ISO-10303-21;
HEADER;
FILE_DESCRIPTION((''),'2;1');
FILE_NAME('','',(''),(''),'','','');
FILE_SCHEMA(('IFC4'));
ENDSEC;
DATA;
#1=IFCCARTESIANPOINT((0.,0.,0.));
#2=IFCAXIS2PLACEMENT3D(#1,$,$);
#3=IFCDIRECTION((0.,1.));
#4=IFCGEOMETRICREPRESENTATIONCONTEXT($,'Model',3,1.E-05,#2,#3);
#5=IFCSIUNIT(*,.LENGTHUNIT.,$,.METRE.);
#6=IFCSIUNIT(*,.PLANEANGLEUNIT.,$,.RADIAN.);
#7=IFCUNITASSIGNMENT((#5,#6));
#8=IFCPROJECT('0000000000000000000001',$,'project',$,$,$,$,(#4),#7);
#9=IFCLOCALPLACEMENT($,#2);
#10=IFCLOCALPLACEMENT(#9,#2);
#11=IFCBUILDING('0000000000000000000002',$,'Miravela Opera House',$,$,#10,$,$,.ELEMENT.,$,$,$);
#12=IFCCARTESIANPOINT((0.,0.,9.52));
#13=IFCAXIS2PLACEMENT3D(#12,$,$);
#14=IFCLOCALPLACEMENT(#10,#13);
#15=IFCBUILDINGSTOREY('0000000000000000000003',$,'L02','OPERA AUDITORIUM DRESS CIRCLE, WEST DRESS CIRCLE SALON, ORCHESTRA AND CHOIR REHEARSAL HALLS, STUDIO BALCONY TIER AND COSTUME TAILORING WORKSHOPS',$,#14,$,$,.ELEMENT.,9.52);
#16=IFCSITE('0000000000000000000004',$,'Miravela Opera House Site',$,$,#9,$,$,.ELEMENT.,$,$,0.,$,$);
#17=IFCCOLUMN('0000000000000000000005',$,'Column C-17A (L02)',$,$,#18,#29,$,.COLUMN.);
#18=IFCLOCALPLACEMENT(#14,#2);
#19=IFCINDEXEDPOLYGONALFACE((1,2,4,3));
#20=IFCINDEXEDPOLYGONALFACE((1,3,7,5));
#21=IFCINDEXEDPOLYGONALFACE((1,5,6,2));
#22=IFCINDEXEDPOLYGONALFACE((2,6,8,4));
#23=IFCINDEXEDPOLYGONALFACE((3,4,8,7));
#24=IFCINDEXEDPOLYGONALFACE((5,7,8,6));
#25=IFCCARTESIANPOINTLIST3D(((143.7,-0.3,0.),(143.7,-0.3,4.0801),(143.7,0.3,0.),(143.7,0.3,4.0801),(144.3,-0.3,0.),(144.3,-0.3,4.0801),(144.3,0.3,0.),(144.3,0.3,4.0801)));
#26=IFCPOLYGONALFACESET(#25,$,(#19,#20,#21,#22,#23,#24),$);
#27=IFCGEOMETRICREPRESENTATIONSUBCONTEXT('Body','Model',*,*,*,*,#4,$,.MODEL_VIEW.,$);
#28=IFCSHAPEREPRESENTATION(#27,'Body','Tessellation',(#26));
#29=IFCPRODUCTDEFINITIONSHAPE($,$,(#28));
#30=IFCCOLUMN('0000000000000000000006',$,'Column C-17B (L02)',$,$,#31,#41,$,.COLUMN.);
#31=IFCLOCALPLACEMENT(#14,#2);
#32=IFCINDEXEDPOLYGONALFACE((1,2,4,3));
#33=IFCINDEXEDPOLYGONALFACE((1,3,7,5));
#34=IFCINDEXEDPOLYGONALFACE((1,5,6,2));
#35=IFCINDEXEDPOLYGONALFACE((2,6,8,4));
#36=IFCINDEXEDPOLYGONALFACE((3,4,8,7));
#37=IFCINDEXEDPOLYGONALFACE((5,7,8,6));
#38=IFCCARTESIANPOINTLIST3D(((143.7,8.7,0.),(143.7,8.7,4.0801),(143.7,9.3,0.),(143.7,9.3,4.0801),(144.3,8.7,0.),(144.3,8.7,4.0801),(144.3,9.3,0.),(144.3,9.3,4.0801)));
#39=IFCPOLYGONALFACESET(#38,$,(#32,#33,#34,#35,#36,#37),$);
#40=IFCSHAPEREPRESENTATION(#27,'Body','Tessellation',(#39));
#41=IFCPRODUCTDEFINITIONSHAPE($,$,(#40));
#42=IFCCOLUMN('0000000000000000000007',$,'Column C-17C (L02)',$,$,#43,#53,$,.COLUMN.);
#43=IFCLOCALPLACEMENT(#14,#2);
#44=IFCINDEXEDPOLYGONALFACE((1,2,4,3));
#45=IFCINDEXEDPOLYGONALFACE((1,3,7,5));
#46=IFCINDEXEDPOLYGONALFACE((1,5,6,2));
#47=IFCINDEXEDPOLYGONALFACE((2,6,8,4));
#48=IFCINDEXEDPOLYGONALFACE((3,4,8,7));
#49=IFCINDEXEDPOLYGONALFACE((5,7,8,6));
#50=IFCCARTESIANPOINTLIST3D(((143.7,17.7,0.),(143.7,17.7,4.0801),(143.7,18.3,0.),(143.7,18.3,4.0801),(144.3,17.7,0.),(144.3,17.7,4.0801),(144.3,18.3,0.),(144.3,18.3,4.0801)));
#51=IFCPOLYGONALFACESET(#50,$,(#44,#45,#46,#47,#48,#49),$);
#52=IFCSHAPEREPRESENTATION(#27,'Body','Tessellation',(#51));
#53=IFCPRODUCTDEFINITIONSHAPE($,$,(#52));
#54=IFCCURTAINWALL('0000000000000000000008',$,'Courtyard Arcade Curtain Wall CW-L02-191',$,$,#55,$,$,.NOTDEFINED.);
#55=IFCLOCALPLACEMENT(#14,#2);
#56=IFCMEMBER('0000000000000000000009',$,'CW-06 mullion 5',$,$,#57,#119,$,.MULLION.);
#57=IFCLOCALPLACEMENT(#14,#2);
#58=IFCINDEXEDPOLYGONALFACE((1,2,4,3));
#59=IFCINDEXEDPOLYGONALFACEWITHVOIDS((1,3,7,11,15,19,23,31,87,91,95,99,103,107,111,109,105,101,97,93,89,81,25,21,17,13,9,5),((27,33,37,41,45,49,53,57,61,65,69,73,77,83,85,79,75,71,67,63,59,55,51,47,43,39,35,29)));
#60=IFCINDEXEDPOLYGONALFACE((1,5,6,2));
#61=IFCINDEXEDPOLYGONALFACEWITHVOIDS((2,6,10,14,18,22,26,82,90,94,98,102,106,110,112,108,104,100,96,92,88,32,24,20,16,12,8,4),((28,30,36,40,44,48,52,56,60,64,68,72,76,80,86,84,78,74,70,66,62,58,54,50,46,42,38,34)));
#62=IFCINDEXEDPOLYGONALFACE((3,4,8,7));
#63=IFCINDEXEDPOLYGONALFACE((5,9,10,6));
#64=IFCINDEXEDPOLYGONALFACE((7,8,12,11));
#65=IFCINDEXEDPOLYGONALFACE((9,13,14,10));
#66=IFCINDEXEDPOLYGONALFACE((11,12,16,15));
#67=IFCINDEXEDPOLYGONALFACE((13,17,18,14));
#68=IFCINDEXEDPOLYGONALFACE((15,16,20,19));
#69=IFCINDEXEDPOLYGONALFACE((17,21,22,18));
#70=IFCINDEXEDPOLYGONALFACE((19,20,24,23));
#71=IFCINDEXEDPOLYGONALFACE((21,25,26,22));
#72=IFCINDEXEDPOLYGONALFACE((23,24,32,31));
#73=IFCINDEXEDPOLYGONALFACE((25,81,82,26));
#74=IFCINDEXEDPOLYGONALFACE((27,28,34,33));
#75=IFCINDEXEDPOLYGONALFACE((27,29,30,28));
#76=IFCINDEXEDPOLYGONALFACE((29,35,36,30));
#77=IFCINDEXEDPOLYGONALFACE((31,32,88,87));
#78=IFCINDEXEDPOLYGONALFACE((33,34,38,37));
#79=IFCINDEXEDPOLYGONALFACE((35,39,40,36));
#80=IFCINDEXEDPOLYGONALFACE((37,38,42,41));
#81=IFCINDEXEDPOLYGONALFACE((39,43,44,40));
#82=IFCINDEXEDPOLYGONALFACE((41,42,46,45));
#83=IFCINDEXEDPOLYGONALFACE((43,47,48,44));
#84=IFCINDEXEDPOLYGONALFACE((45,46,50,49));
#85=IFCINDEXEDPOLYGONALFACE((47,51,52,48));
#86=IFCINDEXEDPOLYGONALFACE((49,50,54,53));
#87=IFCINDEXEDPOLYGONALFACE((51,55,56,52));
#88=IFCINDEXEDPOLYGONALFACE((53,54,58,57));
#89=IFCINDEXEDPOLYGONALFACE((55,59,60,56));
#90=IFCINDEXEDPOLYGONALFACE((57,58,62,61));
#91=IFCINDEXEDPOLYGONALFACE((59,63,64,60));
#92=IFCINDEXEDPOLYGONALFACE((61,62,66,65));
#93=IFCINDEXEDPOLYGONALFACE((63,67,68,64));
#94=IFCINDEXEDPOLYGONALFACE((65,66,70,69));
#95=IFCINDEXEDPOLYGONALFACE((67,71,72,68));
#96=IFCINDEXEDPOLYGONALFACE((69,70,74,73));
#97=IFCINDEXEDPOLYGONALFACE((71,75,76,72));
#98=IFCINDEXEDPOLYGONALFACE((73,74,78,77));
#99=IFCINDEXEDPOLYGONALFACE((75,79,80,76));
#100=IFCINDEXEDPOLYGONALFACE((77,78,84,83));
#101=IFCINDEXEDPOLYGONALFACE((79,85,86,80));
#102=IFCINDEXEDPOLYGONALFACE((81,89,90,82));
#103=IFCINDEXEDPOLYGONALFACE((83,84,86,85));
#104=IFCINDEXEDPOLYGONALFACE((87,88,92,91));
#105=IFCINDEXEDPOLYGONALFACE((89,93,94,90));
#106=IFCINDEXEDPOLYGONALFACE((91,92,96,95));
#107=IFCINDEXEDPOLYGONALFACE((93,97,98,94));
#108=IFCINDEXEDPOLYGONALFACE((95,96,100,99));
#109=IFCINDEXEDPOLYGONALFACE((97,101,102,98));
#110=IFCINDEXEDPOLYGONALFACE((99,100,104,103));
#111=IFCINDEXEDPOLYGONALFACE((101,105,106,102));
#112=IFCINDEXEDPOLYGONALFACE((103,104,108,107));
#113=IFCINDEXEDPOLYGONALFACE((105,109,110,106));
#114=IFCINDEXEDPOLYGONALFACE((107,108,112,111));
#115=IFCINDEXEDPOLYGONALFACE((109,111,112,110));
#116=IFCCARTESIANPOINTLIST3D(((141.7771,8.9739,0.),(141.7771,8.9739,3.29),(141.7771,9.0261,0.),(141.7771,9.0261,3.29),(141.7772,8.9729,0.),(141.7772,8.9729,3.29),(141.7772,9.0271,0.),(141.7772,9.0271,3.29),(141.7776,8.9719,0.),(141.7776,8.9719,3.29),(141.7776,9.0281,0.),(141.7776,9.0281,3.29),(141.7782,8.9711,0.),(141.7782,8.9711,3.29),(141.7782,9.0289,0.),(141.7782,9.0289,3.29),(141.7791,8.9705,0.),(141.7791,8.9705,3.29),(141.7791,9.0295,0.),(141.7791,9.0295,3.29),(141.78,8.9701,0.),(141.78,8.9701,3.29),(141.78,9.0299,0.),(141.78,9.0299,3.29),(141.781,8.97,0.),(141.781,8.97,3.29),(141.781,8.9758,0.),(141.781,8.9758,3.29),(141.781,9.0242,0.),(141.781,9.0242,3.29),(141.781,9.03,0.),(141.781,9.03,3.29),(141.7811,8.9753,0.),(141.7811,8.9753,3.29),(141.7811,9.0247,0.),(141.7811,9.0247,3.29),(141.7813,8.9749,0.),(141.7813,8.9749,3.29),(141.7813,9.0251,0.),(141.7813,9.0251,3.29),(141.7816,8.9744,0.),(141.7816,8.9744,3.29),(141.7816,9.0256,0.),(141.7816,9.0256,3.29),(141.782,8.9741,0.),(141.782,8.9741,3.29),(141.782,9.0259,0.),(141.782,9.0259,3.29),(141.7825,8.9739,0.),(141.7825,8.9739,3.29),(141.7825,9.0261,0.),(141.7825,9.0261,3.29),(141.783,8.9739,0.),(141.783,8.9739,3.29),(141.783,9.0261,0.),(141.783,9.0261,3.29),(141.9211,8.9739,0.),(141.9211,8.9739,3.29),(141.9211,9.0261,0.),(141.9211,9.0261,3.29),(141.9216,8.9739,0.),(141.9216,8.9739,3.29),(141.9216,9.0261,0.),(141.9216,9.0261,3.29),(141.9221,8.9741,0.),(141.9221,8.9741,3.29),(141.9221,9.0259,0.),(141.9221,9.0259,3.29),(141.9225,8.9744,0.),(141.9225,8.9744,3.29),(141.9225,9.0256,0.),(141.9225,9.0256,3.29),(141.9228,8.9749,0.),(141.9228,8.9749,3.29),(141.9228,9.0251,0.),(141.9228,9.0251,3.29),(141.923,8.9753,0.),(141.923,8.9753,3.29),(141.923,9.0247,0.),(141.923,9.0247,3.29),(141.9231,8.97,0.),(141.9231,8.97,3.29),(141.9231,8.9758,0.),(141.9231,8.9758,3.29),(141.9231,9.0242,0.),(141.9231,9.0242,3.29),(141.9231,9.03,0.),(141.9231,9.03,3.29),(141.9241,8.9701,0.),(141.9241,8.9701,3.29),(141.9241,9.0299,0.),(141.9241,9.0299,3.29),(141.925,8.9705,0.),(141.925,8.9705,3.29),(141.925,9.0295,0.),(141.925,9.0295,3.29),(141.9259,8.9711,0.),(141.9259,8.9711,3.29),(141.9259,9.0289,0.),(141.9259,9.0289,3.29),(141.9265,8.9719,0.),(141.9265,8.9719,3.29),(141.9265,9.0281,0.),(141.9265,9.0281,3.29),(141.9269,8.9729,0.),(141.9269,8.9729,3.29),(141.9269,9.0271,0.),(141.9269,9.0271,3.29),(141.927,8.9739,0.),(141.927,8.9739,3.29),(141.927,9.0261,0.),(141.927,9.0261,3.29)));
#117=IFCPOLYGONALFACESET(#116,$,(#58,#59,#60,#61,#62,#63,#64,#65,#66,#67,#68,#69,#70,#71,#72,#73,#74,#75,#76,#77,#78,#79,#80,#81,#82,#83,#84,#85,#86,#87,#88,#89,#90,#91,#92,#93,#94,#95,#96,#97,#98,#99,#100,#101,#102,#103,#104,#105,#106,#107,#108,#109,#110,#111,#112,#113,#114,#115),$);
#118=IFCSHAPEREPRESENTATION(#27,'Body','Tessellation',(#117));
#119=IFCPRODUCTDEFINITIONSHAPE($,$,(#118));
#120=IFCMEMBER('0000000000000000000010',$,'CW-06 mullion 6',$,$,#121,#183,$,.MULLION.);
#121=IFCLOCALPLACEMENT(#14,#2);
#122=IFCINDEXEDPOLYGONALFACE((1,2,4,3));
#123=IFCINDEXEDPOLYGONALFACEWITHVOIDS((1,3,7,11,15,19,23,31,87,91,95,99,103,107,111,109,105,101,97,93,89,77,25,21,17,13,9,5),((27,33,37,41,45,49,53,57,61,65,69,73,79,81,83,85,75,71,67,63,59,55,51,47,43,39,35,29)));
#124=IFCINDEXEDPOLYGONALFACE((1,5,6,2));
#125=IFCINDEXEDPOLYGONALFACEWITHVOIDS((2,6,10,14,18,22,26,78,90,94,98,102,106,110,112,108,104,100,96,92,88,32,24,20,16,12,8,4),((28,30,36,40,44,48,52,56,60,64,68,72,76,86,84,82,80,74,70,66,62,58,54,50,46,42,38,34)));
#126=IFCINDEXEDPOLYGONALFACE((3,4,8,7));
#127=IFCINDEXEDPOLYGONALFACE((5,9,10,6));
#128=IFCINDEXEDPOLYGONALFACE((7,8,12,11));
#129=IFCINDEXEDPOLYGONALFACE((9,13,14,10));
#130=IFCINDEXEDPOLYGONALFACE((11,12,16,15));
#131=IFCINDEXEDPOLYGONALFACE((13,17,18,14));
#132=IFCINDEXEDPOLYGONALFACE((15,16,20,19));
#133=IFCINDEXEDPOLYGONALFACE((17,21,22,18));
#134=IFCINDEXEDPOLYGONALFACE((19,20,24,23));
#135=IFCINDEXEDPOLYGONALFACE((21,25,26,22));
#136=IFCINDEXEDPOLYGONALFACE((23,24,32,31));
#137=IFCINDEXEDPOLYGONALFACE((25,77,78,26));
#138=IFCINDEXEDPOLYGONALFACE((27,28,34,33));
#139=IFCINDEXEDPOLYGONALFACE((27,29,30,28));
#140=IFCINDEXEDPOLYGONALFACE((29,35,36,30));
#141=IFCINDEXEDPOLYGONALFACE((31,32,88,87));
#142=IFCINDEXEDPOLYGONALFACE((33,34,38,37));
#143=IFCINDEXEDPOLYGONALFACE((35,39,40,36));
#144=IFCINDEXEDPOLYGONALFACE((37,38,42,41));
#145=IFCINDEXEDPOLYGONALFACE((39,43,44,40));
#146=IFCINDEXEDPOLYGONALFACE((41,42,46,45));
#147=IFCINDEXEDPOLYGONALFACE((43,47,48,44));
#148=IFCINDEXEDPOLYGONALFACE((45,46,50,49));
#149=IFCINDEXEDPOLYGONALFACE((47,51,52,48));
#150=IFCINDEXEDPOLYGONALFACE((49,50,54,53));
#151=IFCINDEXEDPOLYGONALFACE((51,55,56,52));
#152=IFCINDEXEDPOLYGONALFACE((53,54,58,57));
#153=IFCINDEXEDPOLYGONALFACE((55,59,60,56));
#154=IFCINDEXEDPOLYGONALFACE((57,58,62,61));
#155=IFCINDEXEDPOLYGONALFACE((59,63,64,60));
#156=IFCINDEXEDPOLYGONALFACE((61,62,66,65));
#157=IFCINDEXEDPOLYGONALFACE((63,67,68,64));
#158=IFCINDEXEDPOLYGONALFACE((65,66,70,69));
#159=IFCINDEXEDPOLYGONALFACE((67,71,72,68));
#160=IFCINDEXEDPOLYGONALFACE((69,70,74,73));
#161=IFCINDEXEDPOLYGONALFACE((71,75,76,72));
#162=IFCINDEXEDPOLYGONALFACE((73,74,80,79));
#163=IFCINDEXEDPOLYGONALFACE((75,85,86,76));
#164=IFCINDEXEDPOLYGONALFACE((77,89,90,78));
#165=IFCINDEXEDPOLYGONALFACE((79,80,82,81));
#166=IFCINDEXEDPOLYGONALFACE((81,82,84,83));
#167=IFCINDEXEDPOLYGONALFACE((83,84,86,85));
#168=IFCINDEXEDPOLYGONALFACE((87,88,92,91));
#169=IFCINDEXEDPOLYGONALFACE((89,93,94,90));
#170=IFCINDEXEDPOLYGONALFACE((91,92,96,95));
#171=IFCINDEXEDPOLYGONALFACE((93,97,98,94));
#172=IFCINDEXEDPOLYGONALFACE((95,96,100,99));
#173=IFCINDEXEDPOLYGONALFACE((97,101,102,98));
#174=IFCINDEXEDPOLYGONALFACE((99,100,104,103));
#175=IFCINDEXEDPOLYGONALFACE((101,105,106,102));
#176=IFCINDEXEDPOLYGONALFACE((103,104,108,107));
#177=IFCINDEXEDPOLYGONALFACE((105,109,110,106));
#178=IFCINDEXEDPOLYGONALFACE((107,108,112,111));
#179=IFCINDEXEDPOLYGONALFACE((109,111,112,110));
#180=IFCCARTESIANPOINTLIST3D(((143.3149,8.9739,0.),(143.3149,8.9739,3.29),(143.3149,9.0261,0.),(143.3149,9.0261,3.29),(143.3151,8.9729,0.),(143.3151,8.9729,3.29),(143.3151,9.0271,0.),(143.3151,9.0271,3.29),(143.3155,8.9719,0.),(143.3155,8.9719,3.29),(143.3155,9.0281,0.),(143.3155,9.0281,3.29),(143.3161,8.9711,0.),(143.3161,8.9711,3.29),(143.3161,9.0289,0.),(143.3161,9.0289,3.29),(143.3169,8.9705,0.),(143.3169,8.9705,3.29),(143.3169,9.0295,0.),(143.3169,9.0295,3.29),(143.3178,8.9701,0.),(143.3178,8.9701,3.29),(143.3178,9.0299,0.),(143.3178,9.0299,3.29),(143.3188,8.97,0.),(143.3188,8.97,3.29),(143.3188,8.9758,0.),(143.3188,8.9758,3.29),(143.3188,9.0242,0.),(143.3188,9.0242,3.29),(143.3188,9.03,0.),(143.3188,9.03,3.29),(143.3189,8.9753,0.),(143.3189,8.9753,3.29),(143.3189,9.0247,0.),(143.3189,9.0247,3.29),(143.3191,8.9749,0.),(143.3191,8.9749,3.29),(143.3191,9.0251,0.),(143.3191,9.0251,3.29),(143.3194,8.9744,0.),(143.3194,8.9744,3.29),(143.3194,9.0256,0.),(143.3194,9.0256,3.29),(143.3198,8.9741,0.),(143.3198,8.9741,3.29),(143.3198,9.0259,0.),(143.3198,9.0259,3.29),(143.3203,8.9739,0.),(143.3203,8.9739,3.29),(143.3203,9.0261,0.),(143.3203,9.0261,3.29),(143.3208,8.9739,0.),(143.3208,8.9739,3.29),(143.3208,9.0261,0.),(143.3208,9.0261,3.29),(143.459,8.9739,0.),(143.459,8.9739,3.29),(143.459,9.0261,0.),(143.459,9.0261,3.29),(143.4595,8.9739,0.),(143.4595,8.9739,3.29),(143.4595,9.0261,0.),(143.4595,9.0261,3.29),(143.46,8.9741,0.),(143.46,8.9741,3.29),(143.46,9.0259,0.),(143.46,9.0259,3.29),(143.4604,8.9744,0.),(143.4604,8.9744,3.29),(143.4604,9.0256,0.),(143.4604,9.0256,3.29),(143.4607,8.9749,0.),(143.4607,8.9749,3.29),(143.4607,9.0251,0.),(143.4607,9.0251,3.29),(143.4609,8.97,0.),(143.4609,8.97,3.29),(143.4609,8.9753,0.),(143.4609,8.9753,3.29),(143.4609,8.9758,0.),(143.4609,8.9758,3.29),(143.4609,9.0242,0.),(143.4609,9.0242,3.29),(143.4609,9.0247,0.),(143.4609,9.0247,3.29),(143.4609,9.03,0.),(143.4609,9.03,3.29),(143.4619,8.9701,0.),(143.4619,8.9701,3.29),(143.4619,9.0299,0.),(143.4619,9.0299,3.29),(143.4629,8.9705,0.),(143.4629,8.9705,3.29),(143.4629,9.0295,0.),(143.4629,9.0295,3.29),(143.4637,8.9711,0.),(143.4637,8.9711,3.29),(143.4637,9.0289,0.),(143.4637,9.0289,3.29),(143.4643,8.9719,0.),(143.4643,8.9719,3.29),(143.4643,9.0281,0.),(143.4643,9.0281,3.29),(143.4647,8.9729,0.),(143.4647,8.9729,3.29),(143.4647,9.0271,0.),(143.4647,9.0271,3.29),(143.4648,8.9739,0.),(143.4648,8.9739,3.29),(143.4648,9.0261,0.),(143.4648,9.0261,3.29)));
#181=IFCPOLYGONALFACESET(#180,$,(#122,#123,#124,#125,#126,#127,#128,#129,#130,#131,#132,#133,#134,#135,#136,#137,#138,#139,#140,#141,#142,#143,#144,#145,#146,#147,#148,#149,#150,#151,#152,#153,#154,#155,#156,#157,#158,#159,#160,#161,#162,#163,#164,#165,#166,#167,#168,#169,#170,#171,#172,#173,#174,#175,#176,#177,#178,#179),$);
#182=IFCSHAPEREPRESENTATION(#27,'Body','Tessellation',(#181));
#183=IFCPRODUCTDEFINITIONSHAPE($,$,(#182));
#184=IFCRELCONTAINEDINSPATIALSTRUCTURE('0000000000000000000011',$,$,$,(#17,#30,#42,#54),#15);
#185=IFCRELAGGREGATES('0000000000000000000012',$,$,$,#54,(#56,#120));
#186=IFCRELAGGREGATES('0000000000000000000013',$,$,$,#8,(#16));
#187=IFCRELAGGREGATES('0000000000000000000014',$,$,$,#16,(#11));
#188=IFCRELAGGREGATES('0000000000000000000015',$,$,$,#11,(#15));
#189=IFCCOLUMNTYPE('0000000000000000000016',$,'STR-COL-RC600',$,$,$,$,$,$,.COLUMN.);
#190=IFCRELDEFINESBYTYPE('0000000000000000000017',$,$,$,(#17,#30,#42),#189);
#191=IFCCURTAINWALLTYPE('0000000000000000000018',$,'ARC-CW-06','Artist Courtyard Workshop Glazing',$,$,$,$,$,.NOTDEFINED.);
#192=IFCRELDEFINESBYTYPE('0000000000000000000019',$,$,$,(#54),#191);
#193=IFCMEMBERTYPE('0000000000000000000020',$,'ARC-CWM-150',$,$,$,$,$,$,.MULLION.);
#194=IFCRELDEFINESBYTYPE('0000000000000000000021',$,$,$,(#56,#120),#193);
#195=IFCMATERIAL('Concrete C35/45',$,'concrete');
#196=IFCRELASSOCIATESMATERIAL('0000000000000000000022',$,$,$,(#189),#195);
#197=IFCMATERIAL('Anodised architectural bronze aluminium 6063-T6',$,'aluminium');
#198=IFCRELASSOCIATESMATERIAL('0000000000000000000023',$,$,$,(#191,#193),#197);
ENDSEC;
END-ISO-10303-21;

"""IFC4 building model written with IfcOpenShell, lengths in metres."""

from ifc_helpers import new_model, si_unit, direction, frame, origin, origin_2d, place, context, subcontext, project, spatial, rectangle, hollow_rectangle, extrude, material, material_profile, profile_set, type_object, element, aggregate, save


model = new_model("IFC4")

# Units and contexts
model_context = context("Model", 3, precision=1e-05, world=origin(), true_north=direction((0.0, 1.0)))
body_context = subcontext(model_context, "Body", "Model", "MODEL_VIEW")
ifc_project = project(units=[si_unit("LENGTHUNIT", "METRE"), si_unit("PLANEANGLEUNIT", "RADIAN")], contexts=[model_context])

# Site, building, storey
site_placement = place(None, origin())
site = spatial("IfcSite", under=ifc_project, at=site_placement, Name="Miravela Opera House Site", CompositionType="ELEMENT", RefElevation=0.0)
building_placement = place(site_placement, origin())
building = spatial("IfcBuilding", under=site, at=building_placement, Name="Miravela Opera House", CompositionType="ELEMENT")
storey_placement = place(building_placement, frame((0.0, 0.0, 9.52)))
storey = spatial("IfcBuildingStorey", under=building, at=storey_placement, Name="L02", Description="OPERA AUDITORIUM DRESS CIRCLE, WEST DRESS CIRCLE SALON, ORCHESTRA AND CHOIR REHEARSAL HALLS, STUDIO BALCONY TIER AND COSTUME TAILORING WORKSHOPS", CompositionType="ELEMENT", Elevation=9.52)

# Columns
ifc_material_1 = material(Name="Concrete C35/45", Category="concrete")
ifc_material_profile_1 = material_profile(ifc_material_1, rectangle(XDim=0.6001, YDim=0.6001, at=origin_2d()), Name="RC-COL-600X600")
ifc_profile_set_1 = profile_set([ifc_material_profile_1])
column_type = type_object("IfcColumnType", Name="STR-COL-RC600", PredefinedType="COLUMN", material=ifc_profile_set_1)
for number, where, z_axis, x_axis, name in (
    (1, (144.0, 0.0, 0.0), (0.0, 0.0, 1.0), (1.0, 0.0, 0.0), "Column C-17A (L02)"),
    (2, (144.0, 9.0, 0.0), (0.0, 0.0, 1.0), (1.0, 0.0, 0.0), "Column C-17B (L02)"),
    (3, (144.0, 18.0, 0.0), (0.0, 0.0, 1.0), (1.0, 0.0, 0.0), "Column C-17C (L02)"),
):
    element("IfcColumn", number, at=place(storey_placement, frame(where, z_axis=z_axis, x_axis=x_axis)), inside=storey, type_object=column_type, Name=name, PredefinedType="COLUMN", context=body_context, shape_type="SweptSolid", body=[
        extrude(rectangle(XDim=0.6001, YDim=0.6001, at=origin_2d()), origin(), (0.0, 0.0, 1.0), 4.0801),
    ])

# Curtain wall, members
ifc_material_2 = material(Name="Anodised architectural bronze aluminium 6063-T6", Category="aluminium")
curtain_wall_type = type_object("IfcCurtainWallType", Name="ARC-CW-06", Description="Artist Courtyard Workshop Glazing", PredefinedType="NOTDEFINED", material=ifc_material_2)
curtain_wall_placement = place(storey_placement, origin())
curtain_wall = element("IfcCurtainWall", 4, at=curtain_wall_placement, inside=storey, type_object=curtain_wall_type, Name="Courtyard Arcade Curtain Wall CW-L02-191", PredefinedType="NOTDEFINED")
ifc_material_profile_2 = material_profile(ifc_material_2, hollow_rectangle(XDim=0.0601, YDim=0.1499, WallThickness=0.0039, InnerFilletRadius=0.002, OuterFilletRadius=0.0039, at=origin_2d()), Name="CWM-60X150")
ifc_profile_set_2 = profile_set([ifc_material_profile_2])
member_type_1 = type_object("IfcMemberType", Name="ARC-CWM-150", PredefinedType="MULLION", material=ifc_profile_set_2)
member_1_placement = place(storey_placement, frame((141.8521, 9.0, 0.0), z_axis=(0.0, 0.0, 1.0), x_axis=(0.0, 1.0, 0.0)))
member_1 = element("IfcMember", 5, at=member_1_placement, type_object=member_type_1, Name="CW-06 mullion 5", PredefinedType="MULLION", context=body_context, shape_type="SweptSolid", body=[
    extrude(hollow_rectangle(XDim=0.0601, YDim=0.1499, WallThickness=0.0039, InnerFilletRadius=0.002, OuterFilletRadius=0.0039, at=origin_2d()), origin(), (0.0, 0.0, 1.0), 3.29),
])
member_2_placement = place(storey_placement, frame((143.3899, 9.0, 0.0), z_axis=(0.0, 0.0, 1.0), x_axis=(0.0, 1.0, 0.0)))
member_2 = element("IfcMember", 6, at=member_2_placement, type_object=member_type_1, Name="CW-06 mullion 6", PredefinedType="MULLION", context=body_context, shape_type="SweptSolid", body=[
    extrude(hollow_rectangle(XDim=0.0601, YDim=0.1499, WallThickness=0.0039, InnerFilletRadius=0.002, OuterFilletRadius=0.0039, at=origin_2d()), origin(), (0.0, 0.0, 1.0), 3.29),
])

aggregate(curtain_wall, [member_1, member_2])

save(model, "model.ifc")
